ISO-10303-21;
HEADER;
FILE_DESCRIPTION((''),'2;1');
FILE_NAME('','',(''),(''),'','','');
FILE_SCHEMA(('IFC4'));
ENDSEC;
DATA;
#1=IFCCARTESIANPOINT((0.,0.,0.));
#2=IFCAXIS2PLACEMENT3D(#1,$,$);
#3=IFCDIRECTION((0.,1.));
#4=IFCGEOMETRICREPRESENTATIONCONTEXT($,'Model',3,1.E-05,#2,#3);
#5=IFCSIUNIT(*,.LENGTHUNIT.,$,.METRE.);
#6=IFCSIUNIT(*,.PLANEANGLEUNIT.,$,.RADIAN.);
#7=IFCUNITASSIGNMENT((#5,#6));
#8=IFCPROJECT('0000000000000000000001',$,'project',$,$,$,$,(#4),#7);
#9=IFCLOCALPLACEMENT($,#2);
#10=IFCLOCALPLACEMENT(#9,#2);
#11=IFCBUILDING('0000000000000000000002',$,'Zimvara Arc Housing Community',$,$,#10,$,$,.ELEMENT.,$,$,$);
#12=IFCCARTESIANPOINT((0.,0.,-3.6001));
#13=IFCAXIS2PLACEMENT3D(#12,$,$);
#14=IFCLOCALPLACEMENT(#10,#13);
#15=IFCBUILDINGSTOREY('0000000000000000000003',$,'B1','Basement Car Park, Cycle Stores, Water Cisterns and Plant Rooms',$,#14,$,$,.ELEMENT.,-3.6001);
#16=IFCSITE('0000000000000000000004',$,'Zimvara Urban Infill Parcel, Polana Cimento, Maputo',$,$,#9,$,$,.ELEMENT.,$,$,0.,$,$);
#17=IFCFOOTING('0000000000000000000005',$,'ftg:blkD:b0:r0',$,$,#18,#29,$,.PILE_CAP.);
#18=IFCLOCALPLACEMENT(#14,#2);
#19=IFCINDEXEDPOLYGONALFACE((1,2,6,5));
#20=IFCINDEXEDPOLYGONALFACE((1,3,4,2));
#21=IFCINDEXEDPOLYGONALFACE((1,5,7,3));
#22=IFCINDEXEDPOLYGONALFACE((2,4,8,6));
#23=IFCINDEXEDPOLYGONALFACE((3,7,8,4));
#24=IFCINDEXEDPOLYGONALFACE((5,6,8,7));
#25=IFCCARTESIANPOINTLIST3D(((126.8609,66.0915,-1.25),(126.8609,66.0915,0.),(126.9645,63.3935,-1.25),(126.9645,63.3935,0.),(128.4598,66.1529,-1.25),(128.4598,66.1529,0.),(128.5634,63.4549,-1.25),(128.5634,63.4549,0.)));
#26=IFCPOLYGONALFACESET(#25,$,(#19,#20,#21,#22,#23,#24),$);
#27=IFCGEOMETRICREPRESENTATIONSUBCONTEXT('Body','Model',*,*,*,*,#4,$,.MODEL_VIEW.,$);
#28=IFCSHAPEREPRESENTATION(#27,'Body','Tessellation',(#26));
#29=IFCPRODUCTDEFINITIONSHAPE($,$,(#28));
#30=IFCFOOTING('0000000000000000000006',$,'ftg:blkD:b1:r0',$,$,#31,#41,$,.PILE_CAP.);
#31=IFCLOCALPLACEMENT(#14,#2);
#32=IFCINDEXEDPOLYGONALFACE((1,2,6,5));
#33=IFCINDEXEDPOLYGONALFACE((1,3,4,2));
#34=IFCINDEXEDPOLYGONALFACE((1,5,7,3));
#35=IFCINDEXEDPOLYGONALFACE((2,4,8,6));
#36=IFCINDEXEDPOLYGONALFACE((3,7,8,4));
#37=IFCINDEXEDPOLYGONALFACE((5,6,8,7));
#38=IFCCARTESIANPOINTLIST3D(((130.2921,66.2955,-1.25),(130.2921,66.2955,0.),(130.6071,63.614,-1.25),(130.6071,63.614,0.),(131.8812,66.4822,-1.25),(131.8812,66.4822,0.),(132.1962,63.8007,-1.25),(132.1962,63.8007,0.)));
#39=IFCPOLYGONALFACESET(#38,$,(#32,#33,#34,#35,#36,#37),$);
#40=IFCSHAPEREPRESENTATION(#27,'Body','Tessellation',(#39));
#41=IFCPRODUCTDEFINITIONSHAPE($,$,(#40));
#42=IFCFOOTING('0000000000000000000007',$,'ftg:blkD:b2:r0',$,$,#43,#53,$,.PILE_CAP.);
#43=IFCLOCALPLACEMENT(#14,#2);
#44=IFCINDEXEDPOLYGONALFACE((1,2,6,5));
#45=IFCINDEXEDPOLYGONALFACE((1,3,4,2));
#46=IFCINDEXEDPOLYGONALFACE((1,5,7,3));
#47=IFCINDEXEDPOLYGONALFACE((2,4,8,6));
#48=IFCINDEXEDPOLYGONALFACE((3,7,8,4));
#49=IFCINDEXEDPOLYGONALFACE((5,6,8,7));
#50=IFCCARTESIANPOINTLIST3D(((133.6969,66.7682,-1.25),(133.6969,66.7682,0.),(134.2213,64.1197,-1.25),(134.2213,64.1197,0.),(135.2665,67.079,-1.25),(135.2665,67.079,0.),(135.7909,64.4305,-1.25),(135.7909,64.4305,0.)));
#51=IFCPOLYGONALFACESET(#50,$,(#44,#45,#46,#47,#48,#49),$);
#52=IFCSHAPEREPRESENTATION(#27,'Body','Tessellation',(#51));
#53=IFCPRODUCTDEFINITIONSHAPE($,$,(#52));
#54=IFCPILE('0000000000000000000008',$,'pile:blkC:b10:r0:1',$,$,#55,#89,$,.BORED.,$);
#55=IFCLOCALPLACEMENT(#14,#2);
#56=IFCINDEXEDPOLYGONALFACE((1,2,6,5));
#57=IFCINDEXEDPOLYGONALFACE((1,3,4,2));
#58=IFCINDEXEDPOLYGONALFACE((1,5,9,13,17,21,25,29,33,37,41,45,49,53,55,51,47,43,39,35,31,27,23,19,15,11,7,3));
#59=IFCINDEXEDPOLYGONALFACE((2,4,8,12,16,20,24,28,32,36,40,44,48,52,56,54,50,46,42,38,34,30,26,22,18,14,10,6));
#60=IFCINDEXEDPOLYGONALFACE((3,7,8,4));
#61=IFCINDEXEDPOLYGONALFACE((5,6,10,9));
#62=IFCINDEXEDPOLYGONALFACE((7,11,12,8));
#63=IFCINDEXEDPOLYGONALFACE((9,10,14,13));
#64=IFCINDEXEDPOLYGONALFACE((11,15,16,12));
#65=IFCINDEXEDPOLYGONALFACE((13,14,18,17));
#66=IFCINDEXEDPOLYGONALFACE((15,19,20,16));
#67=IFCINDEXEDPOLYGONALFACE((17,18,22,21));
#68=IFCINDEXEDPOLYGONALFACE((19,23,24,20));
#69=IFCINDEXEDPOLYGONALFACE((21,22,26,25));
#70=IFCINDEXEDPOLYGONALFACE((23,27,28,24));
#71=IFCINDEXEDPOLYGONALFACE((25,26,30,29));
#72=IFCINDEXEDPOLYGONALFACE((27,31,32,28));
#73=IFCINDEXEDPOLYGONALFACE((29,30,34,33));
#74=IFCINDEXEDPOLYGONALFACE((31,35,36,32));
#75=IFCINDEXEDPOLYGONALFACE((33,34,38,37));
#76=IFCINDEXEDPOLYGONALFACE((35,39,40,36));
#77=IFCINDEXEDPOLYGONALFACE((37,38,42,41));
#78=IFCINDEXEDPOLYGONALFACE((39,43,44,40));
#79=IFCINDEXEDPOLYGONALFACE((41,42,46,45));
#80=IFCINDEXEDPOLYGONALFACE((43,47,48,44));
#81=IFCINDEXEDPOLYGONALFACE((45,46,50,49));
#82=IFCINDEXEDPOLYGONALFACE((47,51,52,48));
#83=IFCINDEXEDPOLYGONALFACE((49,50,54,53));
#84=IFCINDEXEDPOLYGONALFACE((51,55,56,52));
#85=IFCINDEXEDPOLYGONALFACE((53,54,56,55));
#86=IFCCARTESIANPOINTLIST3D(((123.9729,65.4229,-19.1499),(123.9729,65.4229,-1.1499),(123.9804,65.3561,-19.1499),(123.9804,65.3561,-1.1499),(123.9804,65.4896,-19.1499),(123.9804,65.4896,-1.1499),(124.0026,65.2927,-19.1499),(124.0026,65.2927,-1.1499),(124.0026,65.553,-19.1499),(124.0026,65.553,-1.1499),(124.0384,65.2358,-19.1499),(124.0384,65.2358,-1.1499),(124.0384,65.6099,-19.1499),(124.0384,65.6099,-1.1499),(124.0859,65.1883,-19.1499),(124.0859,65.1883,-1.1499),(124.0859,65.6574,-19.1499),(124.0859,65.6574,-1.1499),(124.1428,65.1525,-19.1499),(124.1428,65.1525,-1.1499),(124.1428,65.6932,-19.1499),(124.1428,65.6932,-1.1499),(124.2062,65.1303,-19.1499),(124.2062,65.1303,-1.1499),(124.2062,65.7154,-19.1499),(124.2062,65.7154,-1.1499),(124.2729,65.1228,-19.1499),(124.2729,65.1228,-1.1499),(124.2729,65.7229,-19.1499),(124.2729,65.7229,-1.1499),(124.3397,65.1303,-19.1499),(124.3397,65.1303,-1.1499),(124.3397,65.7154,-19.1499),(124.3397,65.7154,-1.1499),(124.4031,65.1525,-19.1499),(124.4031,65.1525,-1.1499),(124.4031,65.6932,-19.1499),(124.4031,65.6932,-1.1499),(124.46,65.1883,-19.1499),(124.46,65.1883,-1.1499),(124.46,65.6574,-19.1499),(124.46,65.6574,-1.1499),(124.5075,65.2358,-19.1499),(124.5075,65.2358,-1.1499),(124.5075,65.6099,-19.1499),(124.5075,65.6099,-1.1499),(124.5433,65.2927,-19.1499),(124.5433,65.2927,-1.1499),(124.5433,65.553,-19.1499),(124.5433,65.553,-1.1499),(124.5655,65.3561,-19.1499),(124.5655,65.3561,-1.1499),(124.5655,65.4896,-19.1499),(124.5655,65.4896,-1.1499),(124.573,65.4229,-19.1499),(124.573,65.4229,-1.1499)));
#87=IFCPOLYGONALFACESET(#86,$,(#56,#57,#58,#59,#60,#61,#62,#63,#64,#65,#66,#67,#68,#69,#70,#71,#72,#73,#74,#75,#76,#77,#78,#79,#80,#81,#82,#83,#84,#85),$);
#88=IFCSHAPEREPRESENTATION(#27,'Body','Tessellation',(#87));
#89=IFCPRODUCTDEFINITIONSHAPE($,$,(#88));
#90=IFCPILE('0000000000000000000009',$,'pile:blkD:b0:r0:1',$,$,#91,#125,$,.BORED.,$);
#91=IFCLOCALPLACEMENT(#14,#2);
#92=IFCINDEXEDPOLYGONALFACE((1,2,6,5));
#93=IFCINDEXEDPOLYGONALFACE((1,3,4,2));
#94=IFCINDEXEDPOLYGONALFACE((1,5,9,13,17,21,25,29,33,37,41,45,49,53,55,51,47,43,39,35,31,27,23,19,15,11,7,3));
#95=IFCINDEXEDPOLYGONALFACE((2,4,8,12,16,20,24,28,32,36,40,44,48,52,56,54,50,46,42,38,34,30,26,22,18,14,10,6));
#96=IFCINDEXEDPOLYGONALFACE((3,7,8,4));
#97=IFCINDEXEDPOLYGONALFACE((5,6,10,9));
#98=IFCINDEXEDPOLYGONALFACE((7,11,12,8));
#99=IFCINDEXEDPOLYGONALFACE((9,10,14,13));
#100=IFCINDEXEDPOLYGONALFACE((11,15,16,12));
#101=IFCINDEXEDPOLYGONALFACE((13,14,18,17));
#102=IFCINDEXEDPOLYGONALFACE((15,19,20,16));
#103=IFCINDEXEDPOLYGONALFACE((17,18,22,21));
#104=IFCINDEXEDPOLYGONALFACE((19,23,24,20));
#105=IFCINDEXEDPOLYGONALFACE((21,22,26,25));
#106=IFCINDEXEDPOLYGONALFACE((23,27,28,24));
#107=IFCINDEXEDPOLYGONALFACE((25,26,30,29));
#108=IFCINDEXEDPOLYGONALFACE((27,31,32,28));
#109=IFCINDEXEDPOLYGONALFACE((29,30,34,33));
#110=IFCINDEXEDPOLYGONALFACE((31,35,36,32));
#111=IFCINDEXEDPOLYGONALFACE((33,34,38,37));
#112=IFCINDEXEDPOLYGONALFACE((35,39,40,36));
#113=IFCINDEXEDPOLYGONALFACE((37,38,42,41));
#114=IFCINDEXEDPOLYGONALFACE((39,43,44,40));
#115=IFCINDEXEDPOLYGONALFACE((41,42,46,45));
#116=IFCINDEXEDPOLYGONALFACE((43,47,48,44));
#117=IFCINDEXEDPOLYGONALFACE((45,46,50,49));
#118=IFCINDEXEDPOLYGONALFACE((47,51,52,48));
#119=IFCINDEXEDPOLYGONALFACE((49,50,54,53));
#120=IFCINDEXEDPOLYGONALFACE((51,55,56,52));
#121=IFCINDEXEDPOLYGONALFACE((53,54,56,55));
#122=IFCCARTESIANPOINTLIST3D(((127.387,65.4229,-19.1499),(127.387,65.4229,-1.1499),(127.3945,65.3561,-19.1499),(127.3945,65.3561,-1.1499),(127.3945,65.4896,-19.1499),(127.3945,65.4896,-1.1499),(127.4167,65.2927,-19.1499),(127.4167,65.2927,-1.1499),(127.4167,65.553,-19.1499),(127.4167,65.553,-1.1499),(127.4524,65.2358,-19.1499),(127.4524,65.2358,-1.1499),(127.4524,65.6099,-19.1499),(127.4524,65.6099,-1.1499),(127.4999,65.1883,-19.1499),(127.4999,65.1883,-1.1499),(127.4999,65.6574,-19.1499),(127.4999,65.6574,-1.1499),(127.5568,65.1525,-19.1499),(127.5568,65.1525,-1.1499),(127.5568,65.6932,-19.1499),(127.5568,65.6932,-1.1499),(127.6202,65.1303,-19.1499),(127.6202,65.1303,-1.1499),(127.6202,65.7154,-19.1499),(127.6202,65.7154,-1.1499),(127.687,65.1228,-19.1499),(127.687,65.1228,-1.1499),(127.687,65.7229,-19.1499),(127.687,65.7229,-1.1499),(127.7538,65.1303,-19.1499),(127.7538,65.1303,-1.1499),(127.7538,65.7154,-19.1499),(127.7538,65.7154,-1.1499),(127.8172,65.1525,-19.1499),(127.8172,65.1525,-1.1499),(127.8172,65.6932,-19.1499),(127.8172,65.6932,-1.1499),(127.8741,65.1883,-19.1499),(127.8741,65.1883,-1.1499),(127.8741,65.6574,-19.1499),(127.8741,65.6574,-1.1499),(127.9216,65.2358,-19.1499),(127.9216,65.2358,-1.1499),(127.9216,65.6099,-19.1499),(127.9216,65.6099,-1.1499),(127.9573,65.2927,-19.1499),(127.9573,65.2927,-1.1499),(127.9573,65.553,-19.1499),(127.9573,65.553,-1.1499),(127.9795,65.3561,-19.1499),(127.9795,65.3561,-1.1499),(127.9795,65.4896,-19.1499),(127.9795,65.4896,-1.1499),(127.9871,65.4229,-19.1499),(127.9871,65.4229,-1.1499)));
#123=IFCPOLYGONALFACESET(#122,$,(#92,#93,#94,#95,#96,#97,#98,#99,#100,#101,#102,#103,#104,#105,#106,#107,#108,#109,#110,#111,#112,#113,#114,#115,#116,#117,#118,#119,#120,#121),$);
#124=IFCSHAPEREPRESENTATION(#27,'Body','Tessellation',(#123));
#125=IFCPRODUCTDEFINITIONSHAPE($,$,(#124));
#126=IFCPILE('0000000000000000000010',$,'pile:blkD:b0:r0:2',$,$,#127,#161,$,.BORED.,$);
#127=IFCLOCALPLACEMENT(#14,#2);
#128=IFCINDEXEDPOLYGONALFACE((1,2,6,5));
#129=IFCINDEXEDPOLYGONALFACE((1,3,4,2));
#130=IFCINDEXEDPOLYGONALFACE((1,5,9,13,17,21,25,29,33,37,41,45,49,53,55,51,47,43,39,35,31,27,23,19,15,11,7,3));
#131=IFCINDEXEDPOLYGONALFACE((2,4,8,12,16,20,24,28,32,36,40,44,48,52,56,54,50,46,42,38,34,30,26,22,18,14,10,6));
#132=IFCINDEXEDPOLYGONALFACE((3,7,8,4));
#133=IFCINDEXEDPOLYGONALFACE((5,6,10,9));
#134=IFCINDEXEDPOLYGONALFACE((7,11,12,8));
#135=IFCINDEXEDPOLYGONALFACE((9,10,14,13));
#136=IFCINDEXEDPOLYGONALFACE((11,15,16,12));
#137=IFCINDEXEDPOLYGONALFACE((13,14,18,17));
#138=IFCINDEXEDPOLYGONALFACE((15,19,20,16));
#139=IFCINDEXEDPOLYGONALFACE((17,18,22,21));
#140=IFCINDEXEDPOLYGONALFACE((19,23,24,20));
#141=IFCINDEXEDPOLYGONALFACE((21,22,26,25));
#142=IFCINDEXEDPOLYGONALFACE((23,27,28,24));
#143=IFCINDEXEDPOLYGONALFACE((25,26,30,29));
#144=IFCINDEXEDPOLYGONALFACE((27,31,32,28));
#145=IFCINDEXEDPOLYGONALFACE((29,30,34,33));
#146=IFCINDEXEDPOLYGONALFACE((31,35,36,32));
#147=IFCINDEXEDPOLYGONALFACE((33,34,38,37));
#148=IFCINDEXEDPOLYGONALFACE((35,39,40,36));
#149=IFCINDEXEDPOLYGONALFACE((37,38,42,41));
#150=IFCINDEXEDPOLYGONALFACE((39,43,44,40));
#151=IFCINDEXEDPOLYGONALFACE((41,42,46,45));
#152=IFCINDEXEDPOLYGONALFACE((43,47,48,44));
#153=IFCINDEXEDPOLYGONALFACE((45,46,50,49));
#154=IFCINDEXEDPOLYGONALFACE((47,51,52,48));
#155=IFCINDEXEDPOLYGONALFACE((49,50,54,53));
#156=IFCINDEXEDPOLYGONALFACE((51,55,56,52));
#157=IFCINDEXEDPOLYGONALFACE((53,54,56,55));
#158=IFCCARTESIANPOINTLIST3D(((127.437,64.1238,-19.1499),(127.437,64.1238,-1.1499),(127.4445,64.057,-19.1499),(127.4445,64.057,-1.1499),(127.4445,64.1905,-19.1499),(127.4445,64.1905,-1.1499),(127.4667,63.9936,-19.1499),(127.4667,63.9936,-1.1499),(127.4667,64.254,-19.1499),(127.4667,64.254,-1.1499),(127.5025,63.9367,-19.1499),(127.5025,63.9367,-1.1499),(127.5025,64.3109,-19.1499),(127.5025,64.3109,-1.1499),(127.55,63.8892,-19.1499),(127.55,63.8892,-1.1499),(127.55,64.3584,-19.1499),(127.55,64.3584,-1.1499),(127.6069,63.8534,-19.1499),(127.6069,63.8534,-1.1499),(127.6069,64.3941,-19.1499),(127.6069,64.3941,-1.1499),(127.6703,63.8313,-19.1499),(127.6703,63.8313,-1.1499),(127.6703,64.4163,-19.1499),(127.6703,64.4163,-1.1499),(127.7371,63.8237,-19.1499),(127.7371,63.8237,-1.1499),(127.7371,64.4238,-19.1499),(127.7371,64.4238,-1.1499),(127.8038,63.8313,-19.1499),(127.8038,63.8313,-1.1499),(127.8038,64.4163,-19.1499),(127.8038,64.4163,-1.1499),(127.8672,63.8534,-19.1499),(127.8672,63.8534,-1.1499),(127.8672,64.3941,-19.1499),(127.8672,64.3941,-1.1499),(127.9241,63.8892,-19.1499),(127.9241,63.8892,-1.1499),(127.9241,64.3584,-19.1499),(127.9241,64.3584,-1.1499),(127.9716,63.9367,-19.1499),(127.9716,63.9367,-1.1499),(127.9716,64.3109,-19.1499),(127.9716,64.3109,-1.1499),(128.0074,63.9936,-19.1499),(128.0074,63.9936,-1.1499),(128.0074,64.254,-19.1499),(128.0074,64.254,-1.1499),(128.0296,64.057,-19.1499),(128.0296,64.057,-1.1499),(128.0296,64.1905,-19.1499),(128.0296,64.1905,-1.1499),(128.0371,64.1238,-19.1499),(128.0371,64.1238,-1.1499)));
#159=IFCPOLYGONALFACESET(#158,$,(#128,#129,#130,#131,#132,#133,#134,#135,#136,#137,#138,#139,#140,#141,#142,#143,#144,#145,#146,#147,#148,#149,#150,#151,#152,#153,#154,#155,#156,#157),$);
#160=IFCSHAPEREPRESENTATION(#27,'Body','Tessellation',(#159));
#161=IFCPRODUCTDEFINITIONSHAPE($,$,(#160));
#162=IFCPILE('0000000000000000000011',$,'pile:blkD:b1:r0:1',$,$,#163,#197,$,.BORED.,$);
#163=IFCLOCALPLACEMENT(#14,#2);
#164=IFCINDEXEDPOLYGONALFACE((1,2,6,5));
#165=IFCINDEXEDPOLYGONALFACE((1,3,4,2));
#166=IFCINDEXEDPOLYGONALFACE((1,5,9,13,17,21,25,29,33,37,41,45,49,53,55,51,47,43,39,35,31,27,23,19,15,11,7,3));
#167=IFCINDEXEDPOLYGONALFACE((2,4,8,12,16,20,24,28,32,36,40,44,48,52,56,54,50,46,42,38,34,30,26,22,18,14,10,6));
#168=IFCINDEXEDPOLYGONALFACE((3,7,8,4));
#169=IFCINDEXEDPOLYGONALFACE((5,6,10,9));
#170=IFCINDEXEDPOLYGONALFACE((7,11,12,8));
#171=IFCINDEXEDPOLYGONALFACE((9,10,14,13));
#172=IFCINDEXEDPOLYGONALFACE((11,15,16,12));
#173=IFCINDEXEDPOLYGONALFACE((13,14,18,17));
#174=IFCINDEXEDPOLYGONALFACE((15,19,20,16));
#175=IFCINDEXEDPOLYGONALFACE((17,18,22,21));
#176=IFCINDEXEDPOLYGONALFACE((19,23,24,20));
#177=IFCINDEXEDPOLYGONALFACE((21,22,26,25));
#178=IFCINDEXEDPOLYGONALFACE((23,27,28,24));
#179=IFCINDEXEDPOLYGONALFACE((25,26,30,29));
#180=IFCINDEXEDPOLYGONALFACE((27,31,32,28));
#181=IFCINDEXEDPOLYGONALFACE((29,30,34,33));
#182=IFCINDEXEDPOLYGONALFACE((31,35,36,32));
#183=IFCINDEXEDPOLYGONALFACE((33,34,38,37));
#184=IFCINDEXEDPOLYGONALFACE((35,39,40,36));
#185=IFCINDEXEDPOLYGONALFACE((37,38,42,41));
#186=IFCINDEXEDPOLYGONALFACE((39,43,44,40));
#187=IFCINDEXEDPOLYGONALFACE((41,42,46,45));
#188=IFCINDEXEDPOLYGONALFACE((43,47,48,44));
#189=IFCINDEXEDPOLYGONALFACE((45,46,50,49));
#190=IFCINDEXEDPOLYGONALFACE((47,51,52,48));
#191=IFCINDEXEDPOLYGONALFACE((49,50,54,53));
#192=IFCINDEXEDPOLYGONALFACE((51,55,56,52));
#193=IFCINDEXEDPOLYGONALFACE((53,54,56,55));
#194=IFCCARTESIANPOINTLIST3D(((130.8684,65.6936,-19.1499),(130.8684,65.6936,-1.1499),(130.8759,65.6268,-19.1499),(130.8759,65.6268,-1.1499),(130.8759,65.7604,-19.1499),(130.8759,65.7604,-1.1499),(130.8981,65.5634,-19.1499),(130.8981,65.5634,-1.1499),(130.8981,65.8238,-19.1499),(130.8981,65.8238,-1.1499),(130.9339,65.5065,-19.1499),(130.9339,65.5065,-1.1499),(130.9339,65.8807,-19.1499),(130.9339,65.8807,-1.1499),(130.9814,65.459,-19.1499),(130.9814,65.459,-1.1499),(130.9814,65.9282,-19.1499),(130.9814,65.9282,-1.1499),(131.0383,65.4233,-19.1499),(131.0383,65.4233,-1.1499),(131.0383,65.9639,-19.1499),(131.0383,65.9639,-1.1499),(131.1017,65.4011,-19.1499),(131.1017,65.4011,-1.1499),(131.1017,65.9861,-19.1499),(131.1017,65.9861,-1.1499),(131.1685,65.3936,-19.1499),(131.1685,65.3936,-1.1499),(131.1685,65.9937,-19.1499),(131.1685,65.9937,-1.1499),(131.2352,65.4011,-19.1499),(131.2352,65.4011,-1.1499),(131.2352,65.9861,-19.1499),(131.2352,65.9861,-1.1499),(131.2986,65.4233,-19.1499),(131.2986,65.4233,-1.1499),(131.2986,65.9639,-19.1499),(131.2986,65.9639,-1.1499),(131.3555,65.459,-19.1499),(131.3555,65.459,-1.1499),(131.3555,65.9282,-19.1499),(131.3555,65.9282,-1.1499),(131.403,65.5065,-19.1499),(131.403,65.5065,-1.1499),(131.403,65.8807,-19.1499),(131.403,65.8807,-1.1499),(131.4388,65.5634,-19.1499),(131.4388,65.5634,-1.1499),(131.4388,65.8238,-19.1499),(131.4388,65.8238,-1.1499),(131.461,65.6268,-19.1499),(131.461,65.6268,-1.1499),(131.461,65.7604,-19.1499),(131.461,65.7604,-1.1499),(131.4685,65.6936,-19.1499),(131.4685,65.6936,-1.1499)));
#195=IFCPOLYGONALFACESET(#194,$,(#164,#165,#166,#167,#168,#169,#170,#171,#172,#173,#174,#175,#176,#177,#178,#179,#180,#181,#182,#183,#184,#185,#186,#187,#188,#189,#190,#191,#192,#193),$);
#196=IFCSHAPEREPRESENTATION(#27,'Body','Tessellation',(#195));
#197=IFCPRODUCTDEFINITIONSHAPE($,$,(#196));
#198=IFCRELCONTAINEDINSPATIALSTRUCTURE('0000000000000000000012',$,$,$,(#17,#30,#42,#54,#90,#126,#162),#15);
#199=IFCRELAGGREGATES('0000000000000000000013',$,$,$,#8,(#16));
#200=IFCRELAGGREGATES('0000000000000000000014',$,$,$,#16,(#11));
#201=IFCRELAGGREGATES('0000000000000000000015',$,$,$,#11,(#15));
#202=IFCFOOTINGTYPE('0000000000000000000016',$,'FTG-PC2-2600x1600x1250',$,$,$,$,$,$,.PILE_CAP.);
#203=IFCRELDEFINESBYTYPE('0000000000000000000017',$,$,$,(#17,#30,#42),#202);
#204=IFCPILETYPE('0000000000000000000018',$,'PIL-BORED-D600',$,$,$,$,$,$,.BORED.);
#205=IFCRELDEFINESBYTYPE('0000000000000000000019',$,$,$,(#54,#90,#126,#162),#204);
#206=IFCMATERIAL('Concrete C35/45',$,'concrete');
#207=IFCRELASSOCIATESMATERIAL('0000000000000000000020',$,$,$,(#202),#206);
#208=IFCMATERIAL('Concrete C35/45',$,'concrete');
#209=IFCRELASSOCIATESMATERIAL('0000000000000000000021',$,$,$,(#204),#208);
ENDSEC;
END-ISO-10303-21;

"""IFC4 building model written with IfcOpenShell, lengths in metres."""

from ifc_helpers import new_model, si_unit, direction, frame, origin, origin_2d, place, context, subcontext, project, spatial, rectangle, circle, extrude, material, material_profile, profile_set, type_object, element, save


model = new_model("IFC4")

# Units and contexts
model_context = context("Model", 3, precision=1e-05, world=origin(), true_north=direction((0.0, 1.0)))
body_context = subcontext(model_context, "Body", "Model", "MODEL_VIEW")
ifc_project = project(units=[si_unit("LENGTHUNIT", "METRE"), si_unit("PLANEANGLEUNIT", "RADIAN")], contexts=[model_context])

# Site, building, storey
site_placement = place(None, origin())
site = spatial("IfcSite", under=ifc_project, at=site_placement, Name="Zimvara Urban Infill Parcel, Polana Cimento, Maputo", CompositionType="ELEMENT", RefElevation=0.0)
building_placement = place(site_placement, origin())
building = spatial("IfcBuilding", under=site, at=building_placement, Name="Zimvara Arc Housing Community", CompositionType="ELEMENT")
storey_placement = place(building_placement, frame((0.0, 0.0, -3.6001)))
storey = spatial("IfcBuildingStorey", under=building, at=storey_placement, Name="B1", Description="Basement Car Park, Cycle Stores, Water Cisterns and Plant Rooms", CompositionType="ELEMENT", Elevation=-3.6001)

# Footings
ifc_material_1 = material(Name="Concrete C35/45", Category="concrete")
footing_type = type_object("IfcFootingType", Name="FTG-PC2-2600x1600x1250", PredefinedType="PILE_CAP", material=ifc_material_1)
for number, where, z_axis, x_axis, name in (
    (1, (127.7122, 64.7732, -1.25), (0.0, 0.0, 1.0), (0.038388, -0.999263, 0.0), "ftg:blkD:b0:r0"),
    (2, (131.2441, 65.0481, -1.25), (0.0, 0.0, 1.0), (0.116671, -0.993171, 0.0), "ftg:blkD:b1:r0"),
    (3, (134.7439, 65.5994, -1.25), (0.0, 0.0, 1.0), (0.194234, -0.980955, 0.0), "ftg:blkD:b2:r0"),
):
    element("IfcFooting", number, at=place(storey_placement, frame(where, z_axis=z_axis, x_axis=x_axis)), inside=storey, type_object=footing_type, Name=name, PredefinedType="PILE_CAP", context=body_context, shape_type="SweptSolid", body=[
        extrude(rectangle(XDim=2.7, YDim=1.6001, at=origin_2d()), origin(), (0.0, 0.0, 1.0), 1.25),
    ])

# Piles
ifc_material_2 = material(Name="Concrete C35/45", Category="concrete")
ifc_material_profile_1 = material_profile(ifc_material_2, circle(Radius=0.3, at=origin_2d()), Name="PILE D600")
ifc_profile_set_1 = profile_set([ifc_material_profile_1], Name="Concrete C35/45")
pile_type = type_object("IfcPileType", Name="PIL-BORED-D600", PredefinedType="BORED", material=ifc_profile_set_1)
for number, where, z_axis, x_axis, name in (
    (4, (124.2729, 65.4229, -1.1499), (0.0, 0.0, -1.0), (1.0, 0.0, 0.0), "pile:blkC:b10:r0:1"),
    (5, (127.687, 65.4229, -1.1499), (0.0, 0.0, -1.0), (1.0, 0.0, 0.0), "pile:blkD:b0:r0:1"),
    (6, (127.7371, 64.1238, -1.1499), (0.0, 0.0, -1.0), (1.0, 0.0, 0.0), "pile:blkD:b0:r0:2"),
    (7, (131.1685, 65.6936, -1.1499), (0.0, 0.0, -1.0), (1.0, 0.0, 0.0), "pile:blkD:b1:r0:1"),
):
    element("IfcPile", number, at=place(storey_placement, frame(where, z_axis=z_axis, x_axis=x_axis)), inside=storey, type_object=pile_type, Name=name, PredefinedType="BORED", context=body_context, shape_type="SweptSolid", body=[
        extrude(circle(Radius=0.3, at=origin_2d()), origin(), (0.0, 0.0, 1.0), 18.0),
    ])

save(model, "model.ifc")
